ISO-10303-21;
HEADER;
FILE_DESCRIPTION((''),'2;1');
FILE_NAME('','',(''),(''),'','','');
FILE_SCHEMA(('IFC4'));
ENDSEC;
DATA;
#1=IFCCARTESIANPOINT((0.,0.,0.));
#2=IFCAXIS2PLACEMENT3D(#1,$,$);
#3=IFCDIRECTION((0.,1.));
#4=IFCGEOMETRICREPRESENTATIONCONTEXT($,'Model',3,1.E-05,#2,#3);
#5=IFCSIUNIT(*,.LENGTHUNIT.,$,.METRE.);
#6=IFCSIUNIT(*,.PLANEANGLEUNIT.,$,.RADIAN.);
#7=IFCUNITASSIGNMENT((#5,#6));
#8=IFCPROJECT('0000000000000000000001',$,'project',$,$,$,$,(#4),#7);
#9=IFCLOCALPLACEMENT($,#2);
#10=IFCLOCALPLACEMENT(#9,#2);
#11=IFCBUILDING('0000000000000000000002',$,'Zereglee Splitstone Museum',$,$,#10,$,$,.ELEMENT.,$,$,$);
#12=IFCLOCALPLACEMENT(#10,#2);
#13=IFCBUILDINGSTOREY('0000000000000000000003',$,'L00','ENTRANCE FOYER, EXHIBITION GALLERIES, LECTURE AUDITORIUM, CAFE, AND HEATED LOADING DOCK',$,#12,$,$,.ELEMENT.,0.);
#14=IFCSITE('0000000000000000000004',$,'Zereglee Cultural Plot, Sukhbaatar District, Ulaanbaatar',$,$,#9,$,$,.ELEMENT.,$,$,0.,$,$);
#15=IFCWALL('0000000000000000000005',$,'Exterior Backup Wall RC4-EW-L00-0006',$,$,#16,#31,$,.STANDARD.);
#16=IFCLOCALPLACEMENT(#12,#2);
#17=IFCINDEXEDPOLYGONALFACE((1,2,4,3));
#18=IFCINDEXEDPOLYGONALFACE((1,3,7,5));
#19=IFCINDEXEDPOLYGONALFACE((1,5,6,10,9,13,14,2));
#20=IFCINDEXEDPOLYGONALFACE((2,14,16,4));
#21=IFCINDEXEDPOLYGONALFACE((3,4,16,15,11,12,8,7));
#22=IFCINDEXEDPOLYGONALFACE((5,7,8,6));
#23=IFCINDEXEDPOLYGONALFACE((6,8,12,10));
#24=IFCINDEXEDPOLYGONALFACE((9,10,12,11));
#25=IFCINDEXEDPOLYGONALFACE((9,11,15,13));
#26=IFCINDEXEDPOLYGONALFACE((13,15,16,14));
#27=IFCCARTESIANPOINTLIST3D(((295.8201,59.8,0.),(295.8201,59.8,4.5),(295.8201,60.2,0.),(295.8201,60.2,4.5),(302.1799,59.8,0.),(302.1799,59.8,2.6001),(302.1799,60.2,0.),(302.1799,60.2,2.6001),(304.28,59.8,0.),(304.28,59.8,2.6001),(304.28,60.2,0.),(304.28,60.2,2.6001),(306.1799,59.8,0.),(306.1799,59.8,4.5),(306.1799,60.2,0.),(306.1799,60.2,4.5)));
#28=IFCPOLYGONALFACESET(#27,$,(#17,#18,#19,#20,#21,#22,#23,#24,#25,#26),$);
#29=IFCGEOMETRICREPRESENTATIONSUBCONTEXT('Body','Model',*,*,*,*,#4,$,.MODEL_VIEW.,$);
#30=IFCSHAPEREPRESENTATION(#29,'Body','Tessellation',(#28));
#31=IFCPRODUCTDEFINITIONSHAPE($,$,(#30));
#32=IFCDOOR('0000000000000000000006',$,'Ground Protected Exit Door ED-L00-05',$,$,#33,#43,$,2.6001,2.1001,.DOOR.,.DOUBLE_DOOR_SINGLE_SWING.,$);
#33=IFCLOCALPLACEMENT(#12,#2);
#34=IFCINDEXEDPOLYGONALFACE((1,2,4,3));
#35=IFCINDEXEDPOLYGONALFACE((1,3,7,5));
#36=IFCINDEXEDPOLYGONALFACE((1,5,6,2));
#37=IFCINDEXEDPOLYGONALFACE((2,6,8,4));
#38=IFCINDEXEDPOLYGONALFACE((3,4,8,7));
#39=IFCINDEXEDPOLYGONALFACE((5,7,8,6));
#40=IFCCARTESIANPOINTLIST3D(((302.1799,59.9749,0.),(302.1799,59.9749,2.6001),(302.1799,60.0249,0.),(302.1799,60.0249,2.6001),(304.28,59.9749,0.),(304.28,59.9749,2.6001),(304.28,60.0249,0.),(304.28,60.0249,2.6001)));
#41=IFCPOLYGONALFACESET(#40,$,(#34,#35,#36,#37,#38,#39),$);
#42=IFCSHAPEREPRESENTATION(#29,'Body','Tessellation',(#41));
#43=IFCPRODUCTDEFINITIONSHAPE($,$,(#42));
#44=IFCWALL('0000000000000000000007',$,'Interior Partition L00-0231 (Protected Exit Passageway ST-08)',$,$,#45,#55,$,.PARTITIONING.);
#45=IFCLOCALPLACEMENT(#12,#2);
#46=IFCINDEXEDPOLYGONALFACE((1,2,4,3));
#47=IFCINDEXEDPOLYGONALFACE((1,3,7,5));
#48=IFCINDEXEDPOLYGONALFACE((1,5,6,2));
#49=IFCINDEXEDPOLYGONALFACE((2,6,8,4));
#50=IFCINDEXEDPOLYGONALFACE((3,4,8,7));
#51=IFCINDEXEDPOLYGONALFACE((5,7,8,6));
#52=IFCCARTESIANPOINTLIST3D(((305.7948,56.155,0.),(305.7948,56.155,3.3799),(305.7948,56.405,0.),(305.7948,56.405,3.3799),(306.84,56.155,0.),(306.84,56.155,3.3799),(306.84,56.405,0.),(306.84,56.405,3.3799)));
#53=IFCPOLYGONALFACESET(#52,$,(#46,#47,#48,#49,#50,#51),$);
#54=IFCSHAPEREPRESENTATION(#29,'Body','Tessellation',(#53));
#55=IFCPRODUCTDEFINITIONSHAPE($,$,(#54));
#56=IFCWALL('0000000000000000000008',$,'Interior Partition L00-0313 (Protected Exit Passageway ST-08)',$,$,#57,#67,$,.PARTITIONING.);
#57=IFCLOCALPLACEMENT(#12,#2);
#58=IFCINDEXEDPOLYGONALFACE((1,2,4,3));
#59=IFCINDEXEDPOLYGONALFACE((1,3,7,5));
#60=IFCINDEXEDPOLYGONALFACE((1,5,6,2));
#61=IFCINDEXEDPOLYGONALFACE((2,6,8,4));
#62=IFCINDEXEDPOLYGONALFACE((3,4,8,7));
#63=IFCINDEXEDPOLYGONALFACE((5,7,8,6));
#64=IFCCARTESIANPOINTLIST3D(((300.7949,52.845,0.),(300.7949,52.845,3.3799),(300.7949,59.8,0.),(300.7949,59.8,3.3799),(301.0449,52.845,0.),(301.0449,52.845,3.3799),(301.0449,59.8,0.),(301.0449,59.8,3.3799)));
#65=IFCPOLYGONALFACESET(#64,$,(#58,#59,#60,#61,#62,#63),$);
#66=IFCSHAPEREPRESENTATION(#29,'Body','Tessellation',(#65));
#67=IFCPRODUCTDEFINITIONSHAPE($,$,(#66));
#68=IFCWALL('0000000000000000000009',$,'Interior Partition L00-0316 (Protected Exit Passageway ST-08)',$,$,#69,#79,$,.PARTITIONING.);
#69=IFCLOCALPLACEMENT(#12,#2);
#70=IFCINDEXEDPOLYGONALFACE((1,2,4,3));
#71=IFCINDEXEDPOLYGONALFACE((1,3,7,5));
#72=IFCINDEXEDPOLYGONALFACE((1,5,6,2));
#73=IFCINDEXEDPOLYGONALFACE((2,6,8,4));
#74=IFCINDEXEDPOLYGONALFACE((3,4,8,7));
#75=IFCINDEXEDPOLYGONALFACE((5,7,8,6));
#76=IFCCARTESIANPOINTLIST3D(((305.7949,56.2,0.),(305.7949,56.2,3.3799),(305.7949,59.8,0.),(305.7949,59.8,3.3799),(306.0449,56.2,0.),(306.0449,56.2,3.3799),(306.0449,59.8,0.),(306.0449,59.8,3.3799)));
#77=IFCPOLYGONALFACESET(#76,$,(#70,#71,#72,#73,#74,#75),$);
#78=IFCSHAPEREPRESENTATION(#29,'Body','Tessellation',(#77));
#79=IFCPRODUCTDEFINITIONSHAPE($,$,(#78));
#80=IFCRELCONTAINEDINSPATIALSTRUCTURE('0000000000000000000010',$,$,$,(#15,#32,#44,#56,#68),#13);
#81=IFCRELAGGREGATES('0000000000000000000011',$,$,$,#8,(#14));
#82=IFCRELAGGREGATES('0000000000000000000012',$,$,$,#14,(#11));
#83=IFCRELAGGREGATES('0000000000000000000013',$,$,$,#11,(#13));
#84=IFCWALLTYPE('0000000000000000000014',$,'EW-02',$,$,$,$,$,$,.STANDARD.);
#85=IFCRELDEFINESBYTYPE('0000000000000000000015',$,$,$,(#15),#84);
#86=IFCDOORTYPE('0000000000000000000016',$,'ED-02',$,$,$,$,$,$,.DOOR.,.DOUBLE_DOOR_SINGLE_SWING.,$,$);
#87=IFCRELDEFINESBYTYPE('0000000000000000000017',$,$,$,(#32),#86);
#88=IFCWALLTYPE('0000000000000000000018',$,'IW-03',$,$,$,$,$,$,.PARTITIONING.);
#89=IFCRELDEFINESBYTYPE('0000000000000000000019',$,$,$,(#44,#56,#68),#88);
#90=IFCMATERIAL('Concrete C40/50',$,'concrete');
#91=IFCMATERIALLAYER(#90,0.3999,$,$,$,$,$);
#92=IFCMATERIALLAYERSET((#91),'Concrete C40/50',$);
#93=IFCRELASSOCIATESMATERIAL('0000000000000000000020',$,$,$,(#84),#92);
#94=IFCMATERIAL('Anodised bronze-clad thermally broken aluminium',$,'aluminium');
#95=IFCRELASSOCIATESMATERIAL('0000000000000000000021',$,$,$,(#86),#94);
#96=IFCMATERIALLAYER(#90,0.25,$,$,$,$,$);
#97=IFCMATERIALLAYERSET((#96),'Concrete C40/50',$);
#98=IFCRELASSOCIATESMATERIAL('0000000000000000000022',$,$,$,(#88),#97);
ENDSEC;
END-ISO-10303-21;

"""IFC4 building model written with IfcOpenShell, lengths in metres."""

from ifc_helpers import new_model, si_unit, direction, frame, frame_2d, origin, place, context, subcontext, project, spatial, rectangle, extrude, material, layer, layer_set, type_object, element, fill, save


model = new_model("IFC4")

# Units and contexts
model_context = context("Model", 3, precision=1e-05, world=origin(), true_north=direction((0.0, 1.0)))
body_context = subcontext(model_context, "Body", "Model", "MODEL_VIEW")
ifc_project = project(units=[si_unit("LENGTHUNIT", "METRE"), si_unit("PLANEANGLEUNIT", "RADIAN")], contexts=[model_context])

# Site, building, storey
site_placement = place(None, origin())
site = spatial("IfcSite", under=ifc_project, at=site_placement, Name="Zereglee Cultural Plot, Sukhbaatar District, Ulaanbaatar", CompositionType="ELEMENT", RefElevation=0.0)
building_placement = place(site_placement, origin())
building = spatial("IfcBuilding", under=site, at=building_placement, Name="Zereglee Splitstone Museum", CompositionType="ELEMENT")
storey_placement = place(building_placement, origin())
storey = spatial("IfcBuildingStorey", under=building, at=storey_placement, Name="L00", Description="ENTRANCE FOYER, EXHIBITION GALLERIES, LECTURE AUDITORIUM, CAFE, AND HEATED LOADING DOCK", CompositionType="ELEMENT", Elevation=0.0)

# Shared definitions
ifc_material_1 = material(Name="Concrete C40/50", Category="concrete")

# Wall, opening, door
ifc_layer_1 = layer(ifc_material_1, 0.3999)
ifc_layer_set_1 = layer_set([ifc_layer_1], Name="Concrete C40/50")
wall_type_1 = type_object("IfcWallType", Name="EW-02", PredefinedType="STANDARD", material=ifc_layer_set_1)
wall_1_placement = place(storey_placement, frame((306.1799, 60.0, 0.0), z_axis=(0.0, 0.0, 1.0), x_axis=(-1.0, 0.0, 0.0)))
wall_1 = element("IfcWall", 1, at=wall_1_placement, inside=storey, type_object=wall_type_1, Name="Exterior Backup Wall RC4-EW-L00-0006", PredefinedType="STANDARD", context=body_context, shape_type="SweptSolid", body=[
    extrude(rectangle(XDim=10.3599, YDim=0.3999, at=frame_2d((5.1799, 0.0))), origin(), (0.0, 0.0, 1.0), 4.5),
])
opening_1_placement = place(wall_1_placement, frame((1.8999, 0.0, 0.0)))
opening_1 = element("IfcOpeningElement", 2, at=opening_1_placement, cuts=wall_1, PredefinedType="OPENING", context=body_context, shape_type="SweptSolid", body=[
    extrude(rectangle(XDim=2.1001, YDim=2.6001, at=frame_2d((1.05, 1.3))), frame((0.0, 0.2148, 0.0), z_axis=(0.0, -1.0, 0.0), x_axis=(1.0, 0.0, 0.0)), (0.0, 0.0, 1.0), 0.4297),
])
ifc_material_2 = material(Name="Anodised bronze-clad thermally broken aluminium", Category="aluminium")
door_type_1 = type_object("IfcDoorType", Name="ED-02", OperationType="DOUBLE_DOOR_SINGLE_SWING", PredefinedType="DOOR", material=ifc_material_2)
door_1_placement = place(opening_1_placement, frame((2.1001, 0.0, 0.0), z_axis=(0.0, 0.0, 1.0), x_axis=(-1.0, 0.0, 0.0)))
door_1 = element("IfcDoor", 3, at=door_1_placement, inside=storey, type_object=door_type_1, Name="Ground Protected Exit Door ED-L00-05", OperationType="DOUBLE_DOOR_SINGLE_SWING", OverallHeight=2.6001, OverallWidth=2.1001, PredefinedType="DOOR", context=body_context, shape_type="SweptSolid", body=[
    extrude(rectangle(XDim=2.1001, YDim=2.6001, at=frame_2d((1.05, 1.3))), frame((0.0, 0.0249, 0.0), z_axis=(0.0, -1.0, 0.0), x_axis=(1.0, 0.0, 0.0)), (0.0, 0.0, 1.0), 0.05),
])
fill(opening_1, door_1)
ifc_layer_2 = layer(ifc_material_1, 0.25)
ifc_layer_set_2 = layer_set([ifc_layer_2], Name="Concrete C40/50")
wall_type_2 = type_object("IfcWallType", Name="IW-03", PredefinedType="PARTITIONING", material=ifc_layer_set_2)

# Walls
wall_2_placement = place(storey_placement, frame((305.7949, 56.28, 0.0), z_axis=(0.0, 0.0, 1.0), x_axis=(1.0, 0.0, 0.0)))
element("IfcWall", 4, at=wall_2_placement, inside=storey, type_object=wall_type_2, Name="Interior Partition L00-0231 (Protected Exit Passageway ST-08)", PredefinedType="PARTITIONING", context=body_context, shape_type="SweptSolid", body=[
    extrude(rectangle(XDim=1.0452, YDim=0.25, at=frame_2d((0.5225, 0.0))), origin(), (0.0, 0.0, 1.0), 3.3799),
])
wall_3_placement = place(storey_placement, frame((300.9199, 52.845, 0.0), z_axis=(0.0, 0.0, 1.0), x_axis=(0.0, 1.0, 0.0)))
element("IfcWall", 5, at=wall_3_placement, inside=storey, type_object=wall_type_2, Name="Interior Partition L00-0313 (Protected Exit Passageway ST-08)", PredefinedType="PARTITIONING", context=body_context, shape_type="SweptSolid", body=[
    extrude(rectangle(XDim=6.9551, YDim=0.25, at=frame_2d((3.4775, 0.0))), origin(), (0.0, 0.0, 1.0), 3.3799),
])
wall_4_placement = place(storey_placement, frame((305.9199, 56.2, 0.0), z_axis=(0.0, 0.0, 1.0), x_axis=(0.0, 1.0, 0.0)))
element("IfcWall", 6, at=wall_4_placement, inside=storey, type_object=wall_type_2, Name="Interior Partition L00-0316 (Protected Exit Passageway ST-08)", PredefinedType="PARTITIONING", context=body_context, shape_type="SweptSolid", body=[
    extrude(rectangle(XDim=3.6001, YDim=0.25, at=frame_2d((1.8, 0.0))), origin(), (0.0, 0.0, 1.0), 3.3799),
])

save(model, "model.ifc")
